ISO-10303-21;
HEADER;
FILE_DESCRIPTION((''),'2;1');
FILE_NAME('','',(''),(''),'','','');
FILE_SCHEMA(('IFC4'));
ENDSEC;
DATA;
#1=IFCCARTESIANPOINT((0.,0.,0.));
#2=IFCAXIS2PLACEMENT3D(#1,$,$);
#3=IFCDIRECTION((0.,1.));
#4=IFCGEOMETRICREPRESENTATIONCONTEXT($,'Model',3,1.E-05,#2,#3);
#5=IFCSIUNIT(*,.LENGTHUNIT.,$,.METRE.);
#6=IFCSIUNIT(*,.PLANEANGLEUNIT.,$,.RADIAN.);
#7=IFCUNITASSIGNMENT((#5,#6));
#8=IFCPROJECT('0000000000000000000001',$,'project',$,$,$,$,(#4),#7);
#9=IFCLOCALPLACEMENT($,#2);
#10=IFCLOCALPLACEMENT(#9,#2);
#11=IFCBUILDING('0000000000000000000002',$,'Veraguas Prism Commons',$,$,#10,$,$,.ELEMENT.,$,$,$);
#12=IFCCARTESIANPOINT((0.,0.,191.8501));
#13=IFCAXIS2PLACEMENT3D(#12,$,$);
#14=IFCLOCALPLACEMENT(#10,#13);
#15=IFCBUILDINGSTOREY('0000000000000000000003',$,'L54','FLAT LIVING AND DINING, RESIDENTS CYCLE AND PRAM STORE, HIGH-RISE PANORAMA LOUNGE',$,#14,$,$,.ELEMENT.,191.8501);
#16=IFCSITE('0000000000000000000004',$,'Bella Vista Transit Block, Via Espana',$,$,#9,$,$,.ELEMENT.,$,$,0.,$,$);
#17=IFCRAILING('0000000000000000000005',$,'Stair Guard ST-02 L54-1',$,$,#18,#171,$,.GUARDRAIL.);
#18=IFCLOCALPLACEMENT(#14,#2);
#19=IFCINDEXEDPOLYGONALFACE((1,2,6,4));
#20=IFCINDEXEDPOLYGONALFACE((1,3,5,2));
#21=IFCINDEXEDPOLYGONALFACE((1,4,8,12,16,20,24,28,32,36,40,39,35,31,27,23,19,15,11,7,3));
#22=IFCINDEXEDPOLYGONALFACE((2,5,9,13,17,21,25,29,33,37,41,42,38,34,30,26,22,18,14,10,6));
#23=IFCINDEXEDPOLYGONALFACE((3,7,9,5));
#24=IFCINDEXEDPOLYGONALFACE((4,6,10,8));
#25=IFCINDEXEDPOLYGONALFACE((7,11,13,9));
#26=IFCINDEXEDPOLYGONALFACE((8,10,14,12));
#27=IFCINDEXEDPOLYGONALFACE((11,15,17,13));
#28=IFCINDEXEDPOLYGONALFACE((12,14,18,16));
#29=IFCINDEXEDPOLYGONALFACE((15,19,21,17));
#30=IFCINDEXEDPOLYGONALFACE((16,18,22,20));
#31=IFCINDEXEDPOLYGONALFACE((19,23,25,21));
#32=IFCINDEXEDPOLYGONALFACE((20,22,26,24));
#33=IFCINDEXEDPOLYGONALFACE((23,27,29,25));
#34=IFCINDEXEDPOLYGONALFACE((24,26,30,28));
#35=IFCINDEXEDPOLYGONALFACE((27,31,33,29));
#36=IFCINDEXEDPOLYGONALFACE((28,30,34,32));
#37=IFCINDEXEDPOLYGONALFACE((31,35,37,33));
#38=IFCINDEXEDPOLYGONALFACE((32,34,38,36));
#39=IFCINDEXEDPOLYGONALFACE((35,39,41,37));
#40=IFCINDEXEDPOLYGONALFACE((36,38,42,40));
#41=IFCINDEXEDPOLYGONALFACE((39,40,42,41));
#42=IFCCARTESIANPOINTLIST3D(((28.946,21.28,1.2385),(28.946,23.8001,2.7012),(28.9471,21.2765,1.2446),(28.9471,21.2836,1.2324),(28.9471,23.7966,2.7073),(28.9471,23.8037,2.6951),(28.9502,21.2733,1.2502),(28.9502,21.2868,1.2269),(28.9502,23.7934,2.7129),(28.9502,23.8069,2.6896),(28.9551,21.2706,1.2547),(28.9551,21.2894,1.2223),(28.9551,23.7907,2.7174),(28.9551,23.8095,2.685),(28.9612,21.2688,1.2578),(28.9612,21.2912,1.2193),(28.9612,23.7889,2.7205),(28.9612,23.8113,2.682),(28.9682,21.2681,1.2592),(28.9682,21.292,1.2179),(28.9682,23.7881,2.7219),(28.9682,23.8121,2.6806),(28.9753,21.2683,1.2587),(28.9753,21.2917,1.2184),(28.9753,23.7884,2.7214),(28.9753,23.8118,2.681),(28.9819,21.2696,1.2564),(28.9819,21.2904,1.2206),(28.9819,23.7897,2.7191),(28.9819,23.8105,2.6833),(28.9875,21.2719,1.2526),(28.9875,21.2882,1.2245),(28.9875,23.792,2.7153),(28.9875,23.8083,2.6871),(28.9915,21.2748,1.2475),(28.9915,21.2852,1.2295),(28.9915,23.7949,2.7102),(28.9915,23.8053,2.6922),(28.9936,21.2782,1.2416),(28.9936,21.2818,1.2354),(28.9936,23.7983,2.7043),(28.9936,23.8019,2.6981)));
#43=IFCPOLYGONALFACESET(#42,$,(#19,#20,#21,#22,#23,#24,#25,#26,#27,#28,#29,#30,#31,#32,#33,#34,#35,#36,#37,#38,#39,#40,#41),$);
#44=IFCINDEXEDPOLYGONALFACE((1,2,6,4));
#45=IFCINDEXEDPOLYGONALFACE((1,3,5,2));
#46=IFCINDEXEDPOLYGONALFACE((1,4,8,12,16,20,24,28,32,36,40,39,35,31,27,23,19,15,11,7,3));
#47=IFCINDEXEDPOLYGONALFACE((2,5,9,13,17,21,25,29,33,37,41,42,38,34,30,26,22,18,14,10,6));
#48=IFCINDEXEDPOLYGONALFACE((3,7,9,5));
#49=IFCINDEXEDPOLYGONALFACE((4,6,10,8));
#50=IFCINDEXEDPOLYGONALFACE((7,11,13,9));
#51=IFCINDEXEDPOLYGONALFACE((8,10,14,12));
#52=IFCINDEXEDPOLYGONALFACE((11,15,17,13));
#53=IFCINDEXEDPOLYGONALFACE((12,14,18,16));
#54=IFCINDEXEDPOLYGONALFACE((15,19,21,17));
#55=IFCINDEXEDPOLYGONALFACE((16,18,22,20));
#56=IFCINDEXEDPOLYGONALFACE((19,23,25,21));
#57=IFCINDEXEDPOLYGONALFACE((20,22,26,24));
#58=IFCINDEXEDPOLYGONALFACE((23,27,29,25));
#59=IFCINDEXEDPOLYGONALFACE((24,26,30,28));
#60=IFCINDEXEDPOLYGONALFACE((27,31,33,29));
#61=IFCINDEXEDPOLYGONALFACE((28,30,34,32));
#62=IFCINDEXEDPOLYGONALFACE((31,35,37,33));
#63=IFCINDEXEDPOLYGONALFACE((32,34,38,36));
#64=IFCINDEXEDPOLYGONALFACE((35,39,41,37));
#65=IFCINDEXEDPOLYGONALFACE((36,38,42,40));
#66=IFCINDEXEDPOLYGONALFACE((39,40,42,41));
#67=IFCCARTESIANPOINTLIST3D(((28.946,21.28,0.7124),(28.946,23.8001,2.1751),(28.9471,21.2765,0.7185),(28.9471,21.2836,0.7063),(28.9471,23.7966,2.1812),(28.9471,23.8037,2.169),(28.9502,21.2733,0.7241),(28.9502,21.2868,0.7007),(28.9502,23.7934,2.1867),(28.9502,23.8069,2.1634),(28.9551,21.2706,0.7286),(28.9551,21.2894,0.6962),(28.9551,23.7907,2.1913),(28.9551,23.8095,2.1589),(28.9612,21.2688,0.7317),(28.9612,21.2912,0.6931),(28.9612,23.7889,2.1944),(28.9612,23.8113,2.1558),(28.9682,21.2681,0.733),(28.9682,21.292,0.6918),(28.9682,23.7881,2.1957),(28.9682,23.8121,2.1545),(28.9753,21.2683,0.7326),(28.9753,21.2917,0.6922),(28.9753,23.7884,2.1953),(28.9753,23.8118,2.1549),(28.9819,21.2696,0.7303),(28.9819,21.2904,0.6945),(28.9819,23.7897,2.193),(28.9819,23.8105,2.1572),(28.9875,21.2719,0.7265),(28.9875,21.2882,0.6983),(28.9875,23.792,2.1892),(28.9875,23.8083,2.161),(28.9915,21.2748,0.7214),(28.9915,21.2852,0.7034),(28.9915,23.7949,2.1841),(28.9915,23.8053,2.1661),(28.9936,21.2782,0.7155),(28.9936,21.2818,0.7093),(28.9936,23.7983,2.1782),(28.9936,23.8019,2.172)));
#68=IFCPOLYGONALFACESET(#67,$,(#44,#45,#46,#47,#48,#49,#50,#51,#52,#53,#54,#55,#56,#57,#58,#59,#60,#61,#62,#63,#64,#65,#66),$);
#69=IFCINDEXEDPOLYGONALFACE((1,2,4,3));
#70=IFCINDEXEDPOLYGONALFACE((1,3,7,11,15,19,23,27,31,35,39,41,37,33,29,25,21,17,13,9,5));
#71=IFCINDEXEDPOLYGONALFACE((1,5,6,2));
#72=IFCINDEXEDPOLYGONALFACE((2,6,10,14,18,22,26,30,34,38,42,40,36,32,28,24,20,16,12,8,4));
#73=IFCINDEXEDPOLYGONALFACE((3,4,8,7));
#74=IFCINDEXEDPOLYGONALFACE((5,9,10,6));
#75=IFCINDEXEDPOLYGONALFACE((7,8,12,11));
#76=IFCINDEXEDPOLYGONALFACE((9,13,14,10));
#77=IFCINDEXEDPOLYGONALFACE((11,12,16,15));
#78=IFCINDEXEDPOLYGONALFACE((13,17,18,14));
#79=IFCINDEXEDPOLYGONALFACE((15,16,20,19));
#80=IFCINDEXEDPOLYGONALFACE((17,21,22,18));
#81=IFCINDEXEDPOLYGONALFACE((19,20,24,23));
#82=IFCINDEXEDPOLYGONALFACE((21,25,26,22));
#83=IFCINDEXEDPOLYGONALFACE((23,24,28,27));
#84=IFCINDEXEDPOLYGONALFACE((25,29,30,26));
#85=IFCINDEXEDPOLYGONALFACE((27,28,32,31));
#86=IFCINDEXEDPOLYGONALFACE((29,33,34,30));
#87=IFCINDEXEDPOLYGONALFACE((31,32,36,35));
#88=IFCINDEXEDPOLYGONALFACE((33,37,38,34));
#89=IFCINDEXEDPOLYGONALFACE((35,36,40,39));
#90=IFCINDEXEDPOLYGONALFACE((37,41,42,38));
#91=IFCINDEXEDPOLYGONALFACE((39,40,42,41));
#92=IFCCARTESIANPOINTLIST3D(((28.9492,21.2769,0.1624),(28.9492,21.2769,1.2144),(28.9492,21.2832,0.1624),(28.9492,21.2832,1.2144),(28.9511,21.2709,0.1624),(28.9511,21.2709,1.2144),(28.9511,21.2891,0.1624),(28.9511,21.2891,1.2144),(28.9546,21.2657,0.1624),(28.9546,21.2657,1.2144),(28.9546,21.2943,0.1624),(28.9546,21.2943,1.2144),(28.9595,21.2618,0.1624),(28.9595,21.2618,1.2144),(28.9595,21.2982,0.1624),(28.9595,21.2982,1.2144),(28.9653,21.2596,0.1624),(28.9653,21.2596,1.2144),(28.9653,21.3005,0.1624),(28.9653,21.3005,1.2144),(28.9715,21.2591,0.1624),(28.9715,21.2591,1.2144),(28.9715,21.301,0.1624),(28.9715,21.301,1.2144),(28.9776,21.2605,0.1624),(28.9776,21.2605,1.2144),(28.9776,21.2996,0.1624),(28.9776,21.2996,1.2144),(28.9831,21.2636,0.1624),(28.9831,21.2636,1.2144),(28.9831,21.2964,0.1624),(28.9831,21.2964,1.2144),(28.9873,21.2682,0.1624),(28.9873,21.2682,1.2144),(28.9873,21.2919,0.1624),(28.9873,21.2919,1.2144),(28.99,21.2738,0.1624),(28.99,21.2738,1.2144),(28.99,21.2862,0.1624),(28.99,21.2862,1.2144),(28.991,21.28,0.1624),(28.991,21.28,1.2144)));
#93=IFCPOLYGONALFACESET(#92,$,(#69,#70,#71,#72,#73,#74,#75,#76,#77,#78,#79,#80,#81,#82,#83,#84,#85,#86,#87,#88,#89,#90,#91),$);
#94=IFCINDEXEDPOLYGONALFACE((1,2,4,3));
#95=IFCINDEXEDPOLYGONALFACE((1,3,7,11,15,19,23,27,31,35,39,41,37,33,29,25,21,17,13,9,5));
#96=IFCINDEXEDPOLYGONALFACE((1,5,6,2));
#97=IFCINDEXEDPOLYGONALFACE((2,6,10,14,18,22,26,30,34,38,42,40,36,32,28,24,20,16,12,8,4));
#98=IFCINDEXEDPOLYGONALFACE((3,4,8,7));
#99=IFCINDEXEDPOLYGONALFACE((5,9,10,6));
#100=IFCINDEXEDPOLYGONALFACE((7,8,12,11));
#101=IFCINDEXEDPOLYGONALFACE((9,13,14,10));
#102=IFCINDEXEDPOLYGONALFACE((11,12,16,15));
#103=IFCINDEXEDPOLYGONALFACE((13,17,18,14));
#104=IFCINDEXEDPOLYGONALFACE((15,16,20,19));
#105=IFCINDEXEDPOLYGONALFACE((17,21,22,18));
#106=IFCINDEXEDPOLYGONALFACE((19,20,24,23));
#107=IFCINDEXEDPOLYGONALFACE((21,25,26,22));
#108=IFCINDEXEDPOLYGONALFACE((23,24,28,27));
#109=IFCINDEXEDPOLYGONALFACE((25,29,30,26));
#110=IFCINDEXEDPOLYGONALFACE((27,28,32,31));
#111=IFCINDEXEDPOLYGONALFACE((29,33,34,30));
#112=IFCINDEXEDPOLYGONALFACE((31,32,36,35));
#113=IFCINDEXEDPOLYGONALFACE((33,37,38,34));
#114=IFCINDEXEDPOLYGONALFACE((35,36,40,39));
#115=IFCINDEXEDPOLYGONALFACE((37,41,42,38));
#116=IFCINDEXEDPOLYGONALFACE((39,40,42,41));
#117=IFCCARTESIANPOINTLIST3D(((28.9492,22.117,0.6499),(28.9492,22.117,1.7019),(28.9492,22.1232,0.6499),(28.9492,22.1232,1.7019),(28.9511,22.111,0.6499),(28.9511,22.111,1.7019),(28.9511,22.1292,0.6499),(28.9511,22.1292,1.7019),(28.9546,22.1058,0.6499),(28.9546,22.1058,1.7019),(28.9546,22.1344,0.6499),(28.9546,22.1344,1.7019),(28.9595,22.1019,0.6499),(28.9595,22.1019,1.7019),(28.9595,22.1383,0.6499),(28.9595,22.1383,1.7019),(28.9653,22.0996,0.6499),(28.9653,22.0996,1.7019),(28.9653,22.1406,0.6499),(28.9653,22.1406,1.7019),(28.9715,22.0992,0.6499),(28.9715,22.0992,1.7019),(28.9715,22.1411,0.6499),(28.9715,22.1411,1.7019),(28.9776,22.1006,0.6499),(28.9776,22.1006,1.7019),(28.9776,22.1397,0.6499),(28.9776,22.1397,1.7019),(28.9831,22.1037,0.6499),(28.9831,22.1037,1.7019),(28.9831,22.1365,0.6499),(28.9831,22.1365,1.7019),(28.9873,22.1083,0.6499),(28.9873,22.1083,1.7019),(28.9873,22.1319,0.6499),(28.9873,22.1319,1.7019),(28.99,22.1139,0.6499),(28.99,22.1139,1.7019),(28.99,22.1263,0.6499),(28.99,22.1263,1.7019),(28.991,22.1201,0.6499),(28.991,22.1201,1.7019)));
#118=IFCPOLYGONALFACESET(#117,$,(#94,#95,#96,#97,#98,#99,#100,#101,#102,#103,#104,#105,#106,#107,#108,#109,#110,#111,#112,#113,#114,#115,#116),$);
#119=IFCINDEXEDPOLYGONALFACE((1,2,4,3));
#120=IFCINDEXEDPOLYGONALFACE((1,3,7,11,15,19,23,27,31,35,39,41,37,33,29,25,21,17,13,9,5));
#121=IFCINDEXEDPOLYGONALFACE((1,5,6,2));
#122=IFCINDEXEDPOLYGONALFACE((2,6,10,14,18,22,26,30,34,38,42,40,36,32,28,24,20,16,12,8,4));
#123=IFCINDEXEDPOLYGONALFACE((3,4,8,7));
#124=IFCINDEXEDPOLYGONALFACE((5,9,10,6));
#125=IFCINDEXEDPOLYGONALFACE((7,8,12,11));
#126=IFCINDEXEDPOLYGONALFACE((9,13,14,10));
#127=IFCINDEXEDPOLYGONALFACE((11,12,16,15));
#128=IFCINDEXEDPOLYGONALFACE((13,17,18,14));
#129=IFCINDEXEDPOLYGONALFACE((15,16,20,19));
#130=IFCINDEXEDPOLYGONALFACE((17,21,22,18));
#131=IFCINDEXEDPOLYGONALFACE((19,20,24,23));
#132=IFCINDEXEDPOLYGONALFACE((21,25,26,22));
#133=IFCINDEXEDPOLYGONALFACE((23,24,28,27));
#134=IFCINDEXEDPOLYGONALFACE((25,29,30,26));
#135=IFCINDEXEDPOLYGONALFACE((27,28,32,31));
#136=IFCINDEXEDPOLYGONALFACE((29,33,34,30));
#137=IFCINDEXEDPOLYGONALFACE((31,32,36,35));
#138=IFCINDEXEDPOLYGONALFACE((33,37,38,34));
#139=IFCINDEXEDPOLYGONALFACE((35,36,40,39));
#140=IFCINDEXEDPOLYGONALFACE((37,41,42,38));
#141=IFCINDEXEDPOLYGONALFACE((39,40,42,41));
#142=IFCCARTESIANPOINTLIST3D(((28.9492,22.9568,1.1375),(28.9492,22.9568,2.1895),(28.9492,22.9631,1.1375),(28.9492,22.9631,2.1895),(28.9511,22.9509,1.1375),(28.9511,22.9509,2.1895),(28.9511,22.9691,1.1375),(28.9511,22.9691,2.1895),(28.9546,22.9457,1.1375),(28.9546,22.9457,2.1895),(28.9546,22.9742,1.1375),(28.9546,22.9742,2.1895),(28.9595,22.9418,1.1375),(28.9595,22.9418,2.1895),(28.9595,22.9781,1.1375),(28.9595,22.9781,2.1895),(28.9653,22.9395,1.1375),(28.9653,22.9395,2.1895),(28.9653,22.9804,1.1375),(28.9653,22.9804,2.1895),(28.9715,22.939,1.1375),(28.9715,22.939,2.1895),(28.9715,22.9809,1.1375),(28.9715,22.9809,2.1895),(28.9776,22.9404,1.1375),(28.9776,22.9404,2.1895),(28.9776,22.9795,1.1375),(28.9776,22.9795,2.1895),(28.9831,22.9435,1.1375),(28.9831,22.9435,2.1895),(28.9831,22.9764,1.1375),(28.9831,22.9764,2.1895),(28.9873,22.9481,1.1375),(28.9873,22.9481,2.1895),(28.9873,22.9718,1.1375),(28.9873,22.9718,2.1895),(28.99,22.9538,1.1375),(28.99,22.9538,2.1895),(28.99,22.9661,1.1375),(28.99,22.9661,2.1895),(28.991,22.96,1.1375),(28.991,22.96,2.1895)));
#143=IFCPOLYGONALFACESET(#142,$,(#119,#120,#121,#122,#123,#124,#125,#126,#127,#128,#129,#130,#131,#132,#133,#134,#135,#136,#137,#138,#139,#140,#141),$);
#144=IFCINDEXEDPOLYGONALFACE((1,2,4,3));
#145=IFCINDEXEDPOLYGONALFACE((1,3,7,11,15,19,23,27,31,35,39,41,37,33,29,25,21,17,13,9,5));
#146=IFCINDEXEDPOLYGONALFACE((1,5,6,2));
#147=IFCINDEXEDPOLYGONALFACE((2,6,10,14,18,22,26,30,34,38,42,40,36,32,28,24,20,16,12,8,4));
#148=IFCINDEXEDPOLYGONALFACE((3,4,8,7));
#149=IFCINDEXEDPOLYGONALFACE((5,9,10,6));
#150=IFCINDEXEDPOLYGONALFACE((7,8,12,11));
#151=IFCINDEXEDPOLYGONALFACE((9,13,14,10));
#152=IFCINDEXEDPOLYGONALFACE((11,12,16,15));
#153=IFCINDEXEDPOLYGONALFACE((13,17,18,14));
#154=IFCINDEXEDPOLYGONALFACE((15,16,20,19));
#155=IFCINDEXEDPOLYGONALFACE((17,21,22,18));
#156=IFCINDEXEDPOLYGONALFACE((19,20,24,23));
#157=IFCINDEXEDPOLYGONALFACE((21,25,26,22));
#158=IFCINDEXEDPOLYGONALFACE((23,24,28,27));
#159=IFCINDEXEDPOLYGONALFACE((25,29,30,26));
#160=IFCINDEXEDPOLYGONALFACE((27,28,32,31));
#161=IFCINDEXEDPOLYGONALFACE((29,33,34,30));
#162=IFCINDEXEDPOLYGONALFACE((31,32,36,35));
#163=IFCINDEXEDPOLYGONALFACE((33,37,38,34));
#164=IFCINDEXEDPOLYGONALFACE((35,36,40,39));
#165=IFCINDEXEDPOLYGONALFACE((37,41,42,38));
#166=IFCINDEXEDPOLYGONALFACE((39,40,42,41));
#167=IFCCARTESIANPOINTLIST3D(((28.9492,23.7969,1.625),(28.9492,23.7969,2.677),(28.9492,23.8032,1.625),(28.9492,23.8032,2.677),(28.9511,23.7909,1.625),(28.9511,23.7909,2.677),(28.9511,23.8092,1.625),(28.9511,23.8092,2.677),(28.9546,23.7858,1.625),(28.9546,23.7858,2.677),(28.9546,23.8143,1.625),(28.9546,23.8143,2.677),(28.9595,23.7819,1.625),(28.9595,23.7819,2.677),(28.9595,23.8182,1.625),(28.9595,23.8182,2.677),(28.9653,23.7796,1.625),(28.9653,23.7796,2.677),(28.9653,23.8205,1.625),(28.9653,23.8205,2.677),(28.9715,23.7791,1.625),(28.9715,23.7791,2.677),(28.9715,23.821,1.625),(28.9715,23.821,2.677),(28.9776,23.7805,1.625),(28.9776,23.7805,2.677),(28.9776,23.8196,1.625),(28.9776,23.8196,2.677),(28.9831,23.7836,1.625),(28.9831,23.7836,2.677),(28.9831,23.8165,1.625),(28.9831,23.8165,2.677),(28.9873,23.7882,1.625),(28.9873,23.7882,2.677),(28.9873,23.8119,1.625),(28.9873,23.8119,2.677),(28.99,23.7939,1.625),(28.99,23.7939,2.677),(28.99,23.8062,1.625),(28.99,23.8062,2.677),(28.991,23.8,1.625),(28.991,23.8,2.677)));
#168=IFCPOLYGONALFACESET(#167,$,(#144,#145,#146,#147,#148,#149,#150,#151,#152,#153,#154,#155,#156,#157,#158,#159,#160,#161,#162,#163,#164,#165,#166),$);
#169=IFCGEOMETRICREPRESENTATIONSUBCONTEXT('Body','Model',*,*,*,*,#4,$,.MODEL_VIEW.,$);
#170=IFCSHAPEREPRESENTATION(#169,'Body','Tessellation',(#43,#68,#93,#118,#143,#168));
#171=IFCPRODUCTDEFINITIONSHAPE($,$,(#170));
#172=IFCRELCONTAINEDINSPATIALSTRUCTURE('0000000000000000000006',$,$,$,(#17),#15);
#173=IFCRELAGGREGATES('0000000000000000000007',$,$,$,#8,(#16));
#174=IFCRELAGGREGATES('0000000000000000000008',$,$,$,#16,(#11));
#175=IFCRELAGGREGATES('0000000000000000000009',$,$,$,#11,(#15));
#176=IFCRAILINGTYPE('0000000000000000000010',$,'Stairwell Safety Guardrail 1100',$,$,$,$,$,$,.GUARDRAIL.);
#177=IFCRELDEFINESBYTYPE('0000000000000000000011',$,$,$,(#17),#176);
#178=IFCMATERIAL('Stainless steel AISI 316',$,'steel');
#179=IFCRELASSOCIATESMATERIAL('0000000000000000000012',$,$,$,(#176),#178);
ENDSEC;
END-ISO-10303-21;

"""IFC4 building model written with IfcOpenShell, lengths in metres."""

from ifc_helpers import new_model, si_unit, direction, frame, origin, origin_2d, place, context, subcontext, project, spatial, circle, extrude, material, type_object, element, save


model = new_model("IFC4")

# Units and contexts
model_context = context("Model", 3, precision=1e-05, world=origin(), true_north=direction((0.0, 1.0)))
body_context = subcontext(model_context, "Body", "Model", "MODEL_VIEW")
ifc_project = project(units=[si_unit("LENGTHUNIT", "METRE"), si_unit("PLANEANGLEUNIT", "RADIAN")], contexts=[model_context])

# Site, building, storey
site_placement = place(None, origin())
site = spatial("IfcSite", under=ifc_project, at=site_placement, Name="Bella Vista Transit Block, Via Espana", CompositionType="ELEMENT", RefElevation=0.0)
building_placement = place(site_placement, origin())
building = spatial("IfcBuilding", under=site, at=building_placement, Name="Veraguas Prism Commons", CompositionType="ELEMENT")
storey_placement = place(building_placement, frame((0.0, 0.0, 191.8501)))
storey = spatial("IfcBuildingStorey", under=building, at=storey_placement, Name="L54", Description="FLAT LIVING AND DINING, RESIDENTS CYCLE AND PRAM STORE, HIGH-RISE PANORAMA LOUNGE", CompositionType="ELEMENT", Elevation=191.8501)

# Railing
ifc_material_1 = material(Name="Stainless steel AISI 316", Category="steel")
railing_type_1 = type_object("IfcRailingType", Name="Stairwell Safety Guardrail 1100", PredefinedType="GUARDRAIL", material=ifc_material_1)
railing_1_placement = place(storey_placement, frame((28.97, 21.28, 0.1624)))
element("IfcRailing", 1, at=railing_1_placement, inside=storey, type_object=railing_type_1, Name="Stair Guard ST-02 L54-1", PredefinedType="GUARDRAIL", context=body_context, shape_type="SweptSolid", body=[
    extrude(circle(Radius=0.0239, at=origin_2d()), frame((0.0, 0.0, 1.0762), z_axis=(0.0, 0.864877, 0.501984), x_axis=(-1.0, 0.0, 0.0)), (0.0, 0.0, 1.0), 2.9138),
    extrude(circle(Radius=0.0239, at=origin_2d()), frame((0.0, 0.0, 0.55), z_axis=(0.0, 0.864877, 0.501984), x_axis=(-1.0, 0.0, 0.0)), (0.0, 0.0, 1.0), 2.9138),
    extrude(circle(Radius=0.021, at=origin_2d()), origin(), (0.0, 0.0, 1.0), 1.052),
    extrude(circle(Radius=0.021, at=origin_2d()), frame((0.0, 0.8401, 0.4875)), (0.0, 0.0, 1.0), 1.052),
    extrude(circle(Radius=0.021, at=origin_2d()), frame((0.0, 1.6799, 0.9751)), (0.0, 0.0, 1.0), 1.052),
    extrude(circle(Radius=0.021, at=origin_2d()), frame((0.0, 2.52, 1.4626)), (0.0, 0.0, 1.0), 1.052),
])

save(model, "model.ifc")
